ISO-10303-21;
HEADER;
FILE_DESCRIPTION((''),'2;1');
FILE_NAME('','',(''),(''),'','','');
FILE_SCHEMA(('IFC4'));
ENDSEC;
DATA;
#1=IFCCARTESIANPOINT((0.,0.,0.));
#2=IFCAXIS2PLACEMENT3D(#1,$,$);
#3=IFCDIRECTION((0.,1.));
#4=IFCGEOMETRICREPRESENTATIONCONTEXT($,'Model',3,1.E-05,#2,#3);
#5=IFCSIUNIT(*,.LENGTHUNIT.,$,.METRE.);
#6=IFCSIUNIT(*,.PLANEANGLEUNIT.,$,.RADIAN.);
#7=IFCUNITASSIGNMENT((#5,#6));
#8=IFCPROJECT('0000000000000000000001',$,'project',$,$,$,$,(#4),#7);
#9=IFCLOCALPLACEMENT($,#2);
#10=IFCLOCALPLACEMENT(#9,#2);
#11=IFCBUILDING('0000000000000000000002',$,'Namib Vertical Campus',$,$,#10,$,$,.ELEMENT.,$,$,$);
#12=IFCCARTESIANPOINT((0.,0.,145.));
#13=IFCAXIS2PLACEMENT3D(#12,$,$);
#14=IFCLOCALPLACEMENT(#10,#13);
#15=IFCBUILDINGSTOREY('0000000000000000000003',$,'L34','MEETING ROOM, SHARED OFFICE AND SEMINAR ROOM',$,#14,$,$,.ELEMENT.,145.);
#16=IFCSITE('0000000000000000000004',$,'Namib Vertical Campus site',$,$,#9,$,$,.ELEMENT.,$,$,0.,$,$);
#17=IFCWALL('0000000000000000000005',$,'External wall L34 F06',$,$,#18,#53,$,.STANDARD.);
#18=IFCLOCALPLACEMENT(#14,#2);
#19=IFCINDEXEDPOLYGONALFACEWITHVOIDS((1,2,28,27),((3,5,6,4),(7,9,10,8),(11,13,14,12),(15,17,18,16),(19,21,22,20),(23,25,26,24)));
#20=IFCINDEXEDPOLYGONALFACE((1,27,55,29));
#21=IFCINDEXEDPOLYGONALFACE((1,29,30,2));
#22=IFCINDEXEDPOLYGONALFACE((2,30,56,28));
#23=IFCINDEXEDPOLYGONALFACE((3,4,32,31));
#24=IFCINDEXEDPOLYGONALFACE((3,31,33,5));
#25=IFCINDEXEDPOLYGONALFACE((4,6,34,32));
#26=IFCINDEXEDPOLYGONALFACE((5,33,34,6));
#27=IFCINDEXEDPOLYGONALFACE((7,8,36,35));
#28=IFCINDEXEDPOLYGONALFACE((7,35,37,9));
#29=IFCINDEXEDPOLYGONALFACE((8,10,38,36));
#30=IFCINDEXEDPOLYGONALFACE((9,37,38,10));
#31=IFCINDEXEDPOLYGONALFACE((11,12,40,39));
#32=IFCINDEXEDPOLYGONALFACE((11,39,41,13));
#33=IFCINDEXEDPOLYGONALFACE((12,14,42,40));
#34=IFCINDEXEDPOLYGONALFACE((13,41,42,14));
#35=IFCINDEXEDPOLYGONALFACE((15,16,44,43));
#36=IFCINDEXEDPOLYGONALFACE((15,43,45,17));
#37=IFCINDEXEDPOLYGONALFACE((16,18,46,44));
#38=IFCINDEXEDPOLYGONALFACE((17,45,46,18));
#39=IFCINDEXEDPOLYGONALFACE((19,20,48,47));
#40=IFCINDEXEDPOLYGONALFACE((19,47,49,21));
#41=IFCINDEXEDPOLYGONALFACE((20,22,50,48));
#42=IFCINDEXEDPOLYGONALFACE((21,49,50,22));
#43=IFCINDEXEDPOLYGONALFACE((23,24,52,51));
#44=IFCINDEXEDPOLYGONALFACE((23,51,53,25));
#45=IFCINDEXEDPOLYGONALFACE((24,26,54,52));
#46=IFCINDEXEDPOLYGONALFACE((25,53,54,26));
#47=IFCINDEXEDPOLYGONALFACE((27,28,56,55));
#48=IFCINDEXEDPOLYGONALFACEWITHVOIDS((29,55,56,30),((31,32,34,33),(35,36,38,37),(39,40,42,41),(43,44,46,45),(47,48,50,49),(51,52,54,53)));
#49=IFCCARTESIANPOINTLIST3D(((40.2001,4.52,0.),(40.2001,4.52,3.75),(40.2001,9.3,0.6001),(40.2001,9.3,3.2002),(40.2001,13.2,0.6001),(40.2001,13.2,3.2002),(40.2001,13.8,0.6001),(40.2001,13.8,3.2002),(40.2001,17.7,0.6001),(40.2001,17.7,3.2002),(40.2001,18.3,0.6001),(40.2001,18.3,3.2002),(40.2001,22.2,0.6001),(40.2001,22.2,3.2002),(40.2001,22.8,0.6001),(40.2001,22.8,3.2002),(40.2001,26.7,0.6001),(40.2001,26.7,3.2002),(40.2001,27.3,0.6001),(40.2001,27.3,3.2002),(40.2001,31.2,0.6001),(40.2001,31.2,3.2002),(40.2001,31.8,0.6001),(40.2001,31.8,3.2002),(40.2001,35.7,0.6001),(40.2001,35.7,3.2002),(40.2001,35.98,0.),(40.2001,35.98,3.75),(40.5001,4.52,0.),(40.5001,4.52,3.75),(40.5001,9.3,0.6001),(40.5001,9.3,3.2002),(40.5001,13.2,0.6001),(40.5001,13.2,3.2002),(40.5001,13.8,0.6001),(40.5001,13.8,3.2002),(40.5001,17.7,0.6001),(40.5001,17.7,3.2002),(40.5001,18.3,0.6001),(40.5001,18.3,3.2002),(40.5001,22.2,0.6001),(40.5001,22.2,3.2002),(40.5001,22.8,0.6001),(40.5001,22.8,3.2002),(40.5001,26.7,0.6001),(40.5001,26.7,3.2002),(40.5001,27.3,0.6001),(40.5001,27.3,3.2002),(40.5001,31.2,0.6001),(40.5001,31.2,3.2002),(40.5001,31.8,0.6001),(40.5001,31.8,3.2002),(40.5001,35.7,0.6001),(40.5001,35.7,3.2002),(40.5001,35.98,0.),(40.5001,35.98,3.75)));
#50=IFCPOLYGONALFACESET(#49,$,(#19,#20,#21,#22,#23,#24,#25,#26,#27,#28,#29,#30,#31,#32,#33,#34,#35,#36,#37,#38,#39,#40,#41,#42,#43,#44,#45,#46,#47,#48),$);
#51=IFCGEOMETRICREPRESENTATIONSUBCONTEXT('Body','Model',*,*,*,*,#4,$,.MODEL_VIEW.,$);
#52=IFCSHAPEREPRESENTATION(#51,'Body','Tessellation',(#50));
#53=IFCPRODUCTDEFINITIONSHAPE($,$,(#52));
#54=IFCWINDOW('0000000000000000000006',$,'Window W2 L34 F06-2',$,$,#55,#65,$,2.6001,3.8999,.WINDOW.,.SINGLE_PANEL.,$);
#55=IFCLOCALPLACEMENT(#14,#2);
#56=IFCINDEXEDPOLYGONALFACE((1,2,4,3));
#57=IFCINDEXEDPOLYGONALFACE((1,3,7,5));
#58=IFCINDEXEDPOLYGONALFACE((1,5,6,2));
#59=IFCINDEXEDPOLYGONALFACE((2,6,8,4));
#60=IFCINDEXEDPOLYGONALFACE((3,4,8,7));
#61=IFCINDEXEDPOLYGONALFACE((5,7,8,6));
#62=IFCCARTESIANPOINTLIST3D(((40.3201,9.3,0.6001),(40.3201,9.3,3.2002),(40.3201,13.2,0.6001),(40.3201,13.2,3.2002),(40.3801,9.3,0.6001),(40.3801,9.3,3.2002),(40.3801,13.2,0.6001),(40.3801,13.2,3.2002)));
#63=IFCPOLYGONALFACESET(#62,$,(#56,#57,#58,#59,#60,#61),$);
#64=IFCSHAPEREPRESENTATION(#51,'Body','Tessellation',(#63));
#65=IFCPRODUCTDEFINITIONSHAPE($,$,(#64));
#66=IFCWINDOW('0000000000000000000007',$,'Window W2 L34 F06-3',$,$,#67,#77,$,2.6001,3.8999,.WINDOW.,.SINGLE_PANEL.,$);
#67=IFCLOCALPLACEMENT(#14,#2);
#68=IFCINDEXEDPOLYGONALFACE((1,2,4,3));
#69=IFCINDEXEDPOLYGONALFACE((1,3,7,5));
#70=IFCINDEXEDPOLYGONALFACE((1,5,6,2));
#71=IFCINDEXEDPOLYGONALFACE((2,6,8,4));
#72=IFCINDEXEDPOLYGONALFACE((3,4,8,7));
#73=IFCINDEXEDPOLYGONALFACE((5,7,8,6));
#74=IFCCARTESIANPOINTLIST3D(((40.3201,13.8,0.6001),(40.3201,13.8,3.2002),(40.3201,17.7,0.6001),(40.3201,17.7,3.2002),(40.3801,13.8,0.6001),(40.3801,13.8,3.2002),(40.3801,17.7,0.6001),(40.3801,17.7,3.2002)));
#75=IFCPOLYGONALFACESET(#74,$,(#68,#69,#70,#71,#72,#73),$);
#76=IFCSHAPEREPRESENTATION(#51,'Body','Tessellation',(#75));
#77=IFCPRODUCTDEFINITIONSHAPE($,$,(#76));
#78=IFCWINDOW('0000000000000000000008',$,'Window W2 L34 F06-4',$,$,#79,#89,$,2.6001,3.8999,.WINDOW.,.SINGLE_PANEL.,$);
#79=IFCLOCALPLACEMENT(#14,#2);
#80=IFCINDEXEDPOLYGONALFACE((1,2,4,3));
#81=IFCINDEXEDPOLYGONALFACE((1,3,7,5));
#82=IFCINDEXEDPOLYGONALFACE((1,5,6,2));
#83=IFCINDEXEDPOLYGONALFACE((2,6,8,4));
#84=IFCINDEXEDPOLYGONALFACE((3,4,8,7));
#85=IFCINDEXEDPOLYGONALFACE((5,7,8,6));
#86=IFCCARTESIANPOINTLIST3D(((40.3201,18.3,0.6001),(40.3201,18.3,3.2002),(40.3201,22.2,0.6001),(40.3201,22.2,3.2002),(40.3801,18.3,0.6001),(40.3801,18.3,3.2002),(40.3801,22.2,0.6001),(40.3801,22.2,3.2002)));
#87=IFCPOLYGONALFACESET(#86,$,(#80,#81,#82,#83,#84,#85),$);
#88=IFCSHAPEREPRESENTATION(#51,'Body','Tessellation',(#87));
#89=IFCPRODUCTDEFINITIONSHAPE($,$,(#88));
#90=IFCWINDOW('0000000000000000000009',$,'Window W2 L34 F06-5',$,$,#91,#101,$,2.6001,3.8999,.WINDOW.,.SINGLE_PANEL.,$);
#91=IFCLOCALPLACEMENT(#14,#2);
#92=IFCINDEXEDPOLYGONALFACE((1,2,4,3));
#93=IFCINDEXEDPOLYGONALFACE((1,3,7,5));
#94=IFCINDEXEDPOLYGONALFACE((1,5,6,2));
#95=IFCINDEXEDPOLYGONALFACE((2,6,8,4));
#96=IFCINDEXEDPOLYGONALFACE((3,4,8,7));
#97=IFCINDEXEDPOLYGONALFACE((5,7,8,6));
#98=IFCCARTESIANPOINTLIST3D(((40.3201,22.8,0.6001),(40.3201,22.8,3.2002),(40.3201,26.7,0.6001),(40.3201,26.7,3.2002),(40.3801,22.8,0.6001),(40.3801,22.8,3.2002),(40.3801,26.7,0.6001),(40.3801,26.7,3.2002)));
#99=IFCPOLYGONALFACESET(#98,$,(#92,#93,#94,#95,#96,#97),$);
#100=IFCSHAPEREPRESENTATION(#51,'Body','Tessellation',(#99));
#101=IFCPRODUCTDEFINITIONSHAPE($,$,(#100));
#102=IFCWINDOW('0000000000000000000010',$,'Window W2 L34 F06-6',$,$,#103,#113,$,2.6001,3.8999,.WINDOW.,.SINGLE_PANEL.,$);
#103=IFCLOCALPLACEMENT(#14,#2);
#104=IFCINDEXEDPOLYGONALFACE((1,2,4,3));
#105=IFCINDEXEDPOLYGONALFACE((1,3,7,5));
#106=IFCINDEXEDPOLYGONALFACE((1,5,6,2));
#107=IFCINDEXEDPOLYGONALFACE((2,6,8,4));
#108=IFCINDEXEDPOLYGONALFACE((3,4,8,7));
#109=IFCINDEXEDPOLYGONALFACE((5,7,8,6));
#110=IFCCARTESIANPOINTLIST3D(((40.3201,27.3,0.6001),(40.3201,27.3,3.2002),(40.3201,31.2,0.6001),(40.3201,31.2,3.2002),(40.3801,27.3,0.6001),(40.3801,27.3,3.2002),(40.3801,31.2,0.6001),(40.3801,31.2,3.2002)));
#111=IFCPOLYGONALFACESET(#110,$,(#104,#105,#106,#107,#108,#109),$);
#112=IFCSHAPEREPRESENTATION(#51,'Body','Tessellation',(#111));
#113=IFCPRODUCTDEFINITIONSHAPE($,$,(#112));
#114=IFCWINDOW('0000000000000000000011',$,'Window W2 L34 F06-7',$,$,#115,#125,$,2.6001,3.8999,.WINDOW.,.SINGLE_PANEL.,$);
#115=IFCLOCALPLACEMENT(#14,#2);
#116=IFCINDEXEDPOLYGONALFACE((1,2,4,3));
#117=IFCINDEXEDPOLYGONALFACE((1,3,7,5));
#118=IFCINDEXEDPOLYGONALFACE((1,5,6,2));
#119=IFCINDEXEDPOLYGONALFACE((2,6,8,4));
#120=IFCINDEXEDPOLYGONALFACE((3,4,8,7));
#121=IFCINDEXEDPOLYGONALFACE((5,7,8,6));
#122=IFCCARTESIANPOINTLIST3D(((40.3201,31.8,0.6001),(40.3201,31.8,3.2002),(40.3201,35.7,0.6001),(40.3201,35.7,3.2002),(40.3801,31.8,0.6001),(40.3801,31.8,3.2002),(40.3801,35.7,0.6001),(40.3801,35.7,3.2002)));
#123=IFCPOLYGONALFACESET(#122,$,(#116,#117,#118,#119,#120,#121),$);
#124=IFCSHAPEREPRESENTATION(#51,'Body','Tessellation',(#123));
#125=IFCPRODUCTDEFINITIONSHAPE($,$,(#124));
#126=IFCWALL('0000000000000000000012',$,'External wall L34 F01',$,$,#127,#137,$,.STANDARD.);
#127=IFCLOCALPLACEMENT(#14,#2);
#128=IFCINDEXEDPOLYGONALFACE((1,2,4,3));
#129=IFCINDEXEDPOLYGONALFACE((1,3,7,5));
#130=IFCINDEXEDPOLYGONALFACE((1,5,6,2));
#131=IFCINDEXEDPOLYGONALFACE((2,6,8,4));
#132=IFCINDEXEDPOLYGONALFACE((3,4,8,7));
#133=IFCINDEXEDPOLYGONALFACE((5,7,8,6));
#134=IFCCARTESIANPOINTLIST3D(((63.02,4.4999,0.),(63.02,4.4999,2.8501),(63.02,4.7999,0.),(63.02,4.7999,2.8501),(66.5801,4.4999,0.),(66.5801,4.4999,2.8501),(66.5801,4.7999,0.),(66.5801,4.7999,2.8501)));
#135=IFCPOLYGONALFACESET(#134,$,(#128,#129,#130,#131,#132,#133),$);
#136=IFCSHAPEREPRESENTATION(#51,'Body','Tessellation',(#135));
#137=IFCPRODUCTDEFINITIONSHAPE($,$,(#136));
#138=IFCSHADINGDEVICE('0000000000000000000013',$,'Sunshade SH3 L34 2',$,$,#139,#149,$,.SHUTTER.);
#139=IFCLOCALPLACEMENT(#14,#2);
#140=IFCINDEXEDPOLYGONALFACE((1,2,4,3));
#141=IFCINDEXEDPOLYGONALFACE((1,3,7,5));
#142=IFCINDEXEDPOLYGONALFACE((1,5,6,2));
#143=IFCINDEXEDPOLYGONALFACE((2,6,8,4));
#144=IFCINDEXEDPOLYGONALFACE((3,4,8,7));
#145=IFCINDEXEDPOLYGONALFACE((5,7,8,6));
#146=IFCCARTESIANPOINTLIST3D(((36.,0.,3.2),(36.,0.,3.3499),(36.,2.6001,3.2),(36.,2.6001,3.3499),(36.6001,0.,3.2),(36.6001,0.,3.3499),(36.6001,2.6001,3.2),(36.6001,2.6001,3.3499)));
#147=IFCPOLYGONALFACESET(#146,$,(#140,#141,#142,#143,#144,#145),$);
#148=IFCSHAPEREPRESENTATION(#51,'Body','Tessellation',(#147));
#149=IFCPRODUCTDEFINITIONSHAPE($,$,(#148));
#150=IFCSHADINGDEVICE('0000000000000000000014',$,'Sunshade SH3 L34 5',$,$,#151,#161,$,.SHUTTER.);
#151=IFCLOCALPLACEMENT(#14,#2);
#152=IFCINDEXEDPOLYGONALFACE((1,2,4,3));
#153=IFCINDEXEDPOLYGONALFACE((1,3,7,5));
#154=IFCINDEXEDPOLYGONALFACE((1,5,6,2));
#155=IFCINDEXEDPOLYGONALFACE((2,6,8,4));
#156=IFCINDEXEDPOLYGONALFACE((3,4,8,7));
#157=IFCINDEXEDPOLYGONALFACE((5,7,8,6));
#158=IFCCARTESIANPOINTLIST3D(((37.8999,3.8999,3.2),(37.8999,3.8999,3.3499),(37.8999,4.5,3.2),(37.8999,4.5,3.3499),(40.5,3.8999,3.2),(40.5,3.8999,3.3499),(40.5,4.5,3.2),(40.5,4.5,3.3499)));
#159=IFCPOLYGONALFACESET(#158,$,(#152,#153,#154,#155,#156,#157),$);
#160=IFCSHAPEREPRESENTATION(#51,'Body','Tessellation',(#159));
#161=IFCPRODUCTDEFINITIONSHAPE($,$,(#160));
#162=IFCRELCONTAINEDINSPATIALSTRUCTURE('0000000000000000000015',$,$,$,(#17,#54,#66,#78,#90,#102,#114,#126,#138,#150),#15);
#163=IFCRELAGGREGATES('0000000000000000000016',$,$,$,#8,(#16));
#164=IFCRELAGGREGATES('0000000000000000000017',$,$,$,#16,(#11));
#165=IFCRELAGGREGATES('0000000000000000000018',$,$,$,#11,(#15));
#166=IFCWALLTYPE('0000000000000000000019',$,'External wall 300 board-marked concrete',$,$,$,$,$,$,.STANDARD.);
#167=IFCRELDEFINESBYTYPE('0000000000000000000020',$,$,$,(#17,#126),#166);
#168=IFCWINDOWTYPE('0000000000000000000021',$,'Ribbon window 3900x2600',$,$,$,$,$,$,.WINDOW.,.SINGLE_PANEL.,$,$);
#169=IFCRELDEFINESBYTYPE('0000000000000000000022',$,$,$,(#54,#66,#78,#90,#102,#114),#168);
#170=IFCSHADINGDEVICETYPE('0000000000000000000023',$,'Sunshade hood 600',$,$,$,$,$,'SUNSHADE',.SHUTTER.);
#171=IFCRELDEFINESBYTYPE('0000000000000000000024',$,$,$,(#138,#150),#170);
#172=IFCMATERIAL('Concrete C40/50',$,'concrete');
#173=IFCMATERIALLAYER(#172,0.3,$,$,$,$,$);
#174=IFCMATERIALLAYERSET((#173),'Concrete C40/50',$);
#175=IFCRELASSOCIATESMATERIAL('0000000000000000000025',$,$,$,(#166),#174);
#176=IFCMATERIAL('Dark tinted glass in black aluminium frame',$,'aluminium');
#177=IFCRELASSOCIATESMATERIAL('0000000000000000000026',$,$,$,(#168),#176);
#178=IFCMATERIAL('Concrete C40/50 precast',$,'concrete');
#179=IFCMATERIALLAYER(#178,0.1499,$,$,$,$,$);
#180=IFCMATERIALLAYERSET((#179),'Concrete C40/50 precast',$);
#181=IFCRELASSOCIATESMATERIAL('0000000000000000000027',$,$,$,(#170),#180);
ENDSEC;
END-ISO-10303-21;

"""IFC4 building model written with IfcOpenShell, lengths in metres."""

from ifc_helpers import new_model, si_unit, direction, frame, frame_2d, origin, origin_2d, place, context, subcontext, project, spatial, rectangle, extrude, material, layer, layer_set, type_object, element, fill, save


model = new_model("IFC4")

# Units and contexts
model_context = context("Model", 3, precision=1e-05, world=origin(), true_north=direction((0.0, 1.0)))
body_context = subcontext(model_context, "Body", "Model", "MODEL_VIEW")
ifc_project = project(units=[si_unit("LENGTHUNIT", "METRE"), si_unit("PLANEANGLEUNIT", "RADIAN")], contexts=[model_context])

# Site, building, storey
site_placement = place(None, origin())
site = spatial("IfcSite", under=ifc_project, at=site_placement, Name="Namib Vertical Campus site", CompositionType="ELEMENT", RefElevation=0.0)
building_placement = place(site_placement, origin())
building = spatial("IfcBuilding", under=site, at=building_placement, Name="Namib Vertical Campus", CompositionType="ELEMENT")
storey_placement = place(building_placement, frame((0.0, 0.0, 145.0)))
storey = spatial("IfcBuildingStorey", under=building, at=storey_placement, Name="L34", Description="MEETING ROOM, SHARED OFFICE AND SEMINAR ROOM", CompositionType="ELEMENT", Elevation=145.0)

# Shared definitions
ifc_material_1 = material(Name="Concrete C40/50", Category="concrete")
ifc_layer_1 = layer(ifc_material_1, 0.3)
ifc_layer_set_1 = layer_set([ifc_layer_1], Name="Concrete C40/50")
wall_type_1 = type_object("IfcWallType", Name="External wall 300 board-marked concrete", PredefinedType="STANDARD", material=ifc_layer_set_1)

# Wall, openings, windows
wall_1_placement = place(storey_placement, frame((40.3501, 4.52, 0.0), z_axis=(0.0, 0.0, 1.0), x_axis=(0.0, 1.0, 0.0)))
wall_1 = element("IfcWall", 1, at=wall_1_placement, inside=storey, type_object=wall_type_1, Name="External wall L34 F06", PredefinedType="STANDARD", context=body_context, shape_type="SweptSolid", body=[
    extrude(rectangle(XDim=31.46, YDim=0.3, at=frame_2d((15.73, 0.0))), origin(), (0.0, 0.0, 1.0), 3.75),
])
opening_1_placement = place(wall_1_placement, frame((4.78, 0.0, 0.6001)))
opening_1 = element("IfcOpeningElement", 2, at=opening_1_placement, cuts=wall_1, PredefinedType="OPENING", context=body_context, shape_type="SweptSolid", body=[
    extrude(rectangle(XDim=3.8999, YDim=2.6001, at=frame_2d((1.95, 1.3))), frame((0.0, 0.1599, 0.0), z_axis=(0.0, -1.0, 0.0), x_axis=(1.0, 0.0, 0.0)), (0.0, 0.0, 1.0), 0.3201),
])
opening_2_placement = place(wall_1_placement, frame((9.28, 0.0, 0.6001)))
opening_2 = element("IfcOpeningElement", 3, at=opening_2_placement, cuts=wall_1, PredefinedType="OPENING", context=body_context, shape_type="SweptSolid", body=[
    extrude(rectangle(XDim=3.8999, YDim=2.6001, at=frame_2d((1.95, 1.3))), frame((0.0, 0.1599, 0.0), z_axis=(0.0, -1.0, 0.0), x_axis=(1.0, 0.0, 0.0)), (0.0, 0.0, 1.0), 0.3201),
])
opening_3_placement = place(wall_1_placement, frame((13.78, 0.0, 0.6001)))
opening_3 = element("IfcOpeningElement", 4, at=opening_3_placement, cuts=wall_1, PredefinedType="OPENING", context=body_context, shape_type="SweptSolid", body=[
    extrude(rectangle(XDim=3.8999, YDim=2.6001, at=frame_2d((1.95, 1.3))), frame((0.0, 0.1599, 0.0), z_axis=(0.0, -1.0, 0.0), x_axis=(1.0, 0.0, 0.0)), (0.0, 0.0, 1.0), 0.3201),
])
opening_4_placement = place(wall_1_placement, frame((18.28, 0.0, 0.6001)))
opening_4 = element("IfcOpeningElement", 5, at=opening_4_placement, cuts=wall_1, PredefinedType="OPENING", context=body_context, shape_type="SweptSolid", body=[
    extrude(rectangle(XDim=3.8999, YDim=2.6001, at=frame_2d((1.95, 1.3))), frame((0.0, 0.1599, 0.0), z_axis=(0.0, -1.0, 0.0), x_axis=(1.0, 0.0, 0.0)), (0.0, 0.0, 1.0), 0.3201),
])
opening_5_placement = place(wall_1_placement, frame((22.78, 0.0, 0.6001)))
opening_5 = element("IfcOpeningElement", 6, at=opening_5_placement, cuts=wall_1, PredefinedType="OPENING", context=body_context, shape_type="SweptSolid", body=[
    extrude(rectangle(XDim=3.8999, YDim=2.6001, at=frame_2d((1.95, 1.3))), frame((0.0, 0.1599, 0.0), z_axis=(0.0, -1.0, 0.0), x_axis=(1.0, 0.0, 0.0)), (0.0, 0.0, 1.0), 0.3201),
])
opening_6_placement = place(wall_1_placement, frame((27.28, 0.0, 0.6001)))
opening_6 = element("IfcOpeningElement", 7, at=opening_6_placement, cuts=wall_1, PredefinedType="OPENING", context=body_context, shape_type="SweptSolid", body=[
    extrude(rectangle(XDim=3.8999, YDim=2.6001, at=frame_2d((1.95, 1.3))), frame((0.0, 0.1599, 0.0), z_axis=(0.0, -1.0, 0.0), x_axis=(1.0, 0.0, 0.0)), (0.0, 0.0, 1.0), 0.3201),
])
ifc_material_2 = material(Name="Dark tinted glass in black aluminium frame", Category="aluminium")
window_type = type_object("IfcWindowType", Name="Ribbon window 3900x2600", PartitioningType="SINGLE_PANEL", PredefinedType="WINDOW", material=ifc_material_2)
window_1_placement = place(opening_1_placement, origin())
window_1 = element("IfcWindow", 8, at=window_1_placement, inside=storey, type_object=window_type, Name="Window W2 L34 F06-2", OverallHeight=2.6001, OverallWidth=3.8999, PartitioningType="SINGLE_PANEL", PredefinedType="WINDOW", context=body_context, shape_type="SweptSolid", body=[
    extrude(rectangle(XDim=3.8999, YDim=2.6001, at=frame_2d((1.95, 1.3))), frame((0.0, 0.03, 0.0), z_axis=(0.0, -1.0, 0.0), x_axis=(1.0, 0.0, 0.0)), (0.0, 0.0, 1.0), 0.0601),
])
fill(opening_1, window_1)
window_2_placement = place(opening_2_placement, origin())
window_2 = element("IfcWindow", 9, at=window_2_placement, inside=storey, type_object=window_type, Name="Window W2 L34 F06-3", OverallHeight=2.6001, OverallWidth=3.8999, PartitioningType="SINGLE_PANEL", PredefinedType="WINDOW", context=body_context, shape_type="SweptSolid", body=[
    extrude(rectangle(XDim=3.8999, YDim=2.6001, at=frame_2d((1.95, 1.3))), frame((0.0, 0.03, 0.0), z_axis=(0.0, -1.0, 0.0), x_axis=(1.0, 0.0, 0.0)), (0.0, 0.0, 1.0), 0.0601),
])
fill(opening_2, window_2)
window_3_placement = place(opening_3_placement, origin())
window_3 = element("IfcWindow", 10, at=window_3_placement, inside=storey, type_object=window_type, Name="Window W2 L34 F06-4", OverallHeight=2.6001, OverallWidth=3.8999, PartitioningType="SINGLE_PANEL", PredefinedType="WINDOW", context=body_context, shape_type="SweptSolid", body=[
    extrude(rectangle(XDim=3.8999, YDim=2.6001, at=frame_2d((1.95, 1.3))), frame((0.0, 0.03, 0.0), z_axis=(0.0, -1.0, 0.0), x_axis=(1.0, 0.0, 0.0)), (0.0, 0.0, 1.0), 0.0601),
])
fill(opening_3, window_3)
window_4_placement = place(opening_4_placement, origin())
window_4 = element("IfcWindow", 11, at=window_4_placement, inside=storey, type_object=window_type, Name="Window W2 L34 F06-5", OverallHeight=2.6001, OverallWidth=3.8999, PartitioningType="SINGLE_PANEL", PredefinedType="WINDOW", context=body_context, shape_type="SweptSolid", body=[
    extrude(rectangle(XDim=3.8999, YDim=2.6001, at=frame_2d((1.95, 1.3))), frame((0.0, 0.03, 0.0), z_axis=(0.0, -1.0, 0.0), x_axis=(1.0, 0.0, 0.0)), (0.0, 0.0, 1.0), 0.0601),
])
fill(opening_4, window_4)
window_5_placement = place(opening_5_placement, origin())
window_5 = element("IfcWindow", 12, at=window_5_placement, inside=storey, type_object=window_type, Name="Window W2 L34 F06-6", OverallHeight=2.6001, OverallWidth=3.8999, PartitioningType="SINGLE_PANEL", PredefinedType="WINDOW", context=body_context, shape_type="SweptSolid", body=[
    extrude(rectangle(XDim=3.8999, YDim=2.6001, at=frame_2d((1.95, 1.3))), frame((0.0, 0.03, 0.0), z_axis=(0.0, -1.0, 0.0), x_axis=(1.0, 0.0, 0.0)), (0.0, 0.0, 1.0), 0.0601),
])
fill(opening_5, window_5)
window_6_placement = place(opening_6_placement, origin())
window_6 = element("IfcWindow", 13, at=window_6_placement, inside=storey, type_object=window_type, Name="Window W2 L34 F06-7", OverallHeight=2.6001, OverallWidth=3.8999, PartitioningType="SINGLE_PANEL", PredefinedType="WINDOW", context=body_context, shape_type="SweptSolid", body=[
    extrude(rectangle(XDim=3.8999, YDim=2.6001, at=frame_2d((1.95, 1.3))), frame((0.0, 0.03, 0.0), z_axis=(0.0, -1.0, 0.0), x_axis=(1.0, 0.0, 0.0)), (0.0, 0.0, 1.0), 0.0601),
])
fill(opening_6, window_6)

# Wall
wall_2_placement = place(storey_placement, frame((63.02, 4.6499, 0.0), z_axis=(0.0, 0.0, 1.0), x_axis=(1.0, 0.0, 0.0)))
element("IfcWall", 14, at=wall_2_placement, inside=storey, type_object=wall_type_1, Name="External wall L34 F01", PredefinedType="STANDARD", context=body_context, shape_type="SweptSolid", body=[
    extrude(rectangle(XDim=3.5601, YDim=0.3, at=frame_2d((1.78, 0.0))), origin(), (0.0, 0.0, 1.0), 2.8501),
])

# Shading devices
ifc_material_3 = material(Name="Concrete C40/50 precast", Category="concrete")
ifc_layer_2 = layer(ifc_material_3, 0.1499)
ifc_layer_set_2 = layer_set([ifc_layer_2], Name="Concrete C40/50 precast")
shading_device_type = type_object("IfcShadingDeviceType", Name="Sunshade hood 600", ElementType="SUNSHADE", PredefinedType="SHUTTER", material=ifc_layer_set_2)
for number, where, z_axis, x_axis, name in (
    (15, (36.3, 1.3, 3.2), (0.0, 0.0, 1.0), (0.0, 1.0, 0.0), "Sunshade SH3 L34 2"),
    (16, (39.2, 4.2, 3.2), (0.0, 0.0, 1.0), (1.0, 0.0, 0.0), "Sunshade SH3 L34 5"),
):
    element("IfcShadingDevice", number, at=place(storey_placement, frame(where, z_axis=z_axis, x_axis=x_axis)), inside=storey, type_object=shading_device_type, Name=name, PredefinedType="SHUTTER", context=body_context, shape_type="SweptSolid", body=[
        extrude(rectangle(XDim=2.6001, YDim=0.6001, at=origin_2d()), origin(), (0.0, 0.0, 1.0), 0.1499),
    ])

save(model, "model.ifc")
